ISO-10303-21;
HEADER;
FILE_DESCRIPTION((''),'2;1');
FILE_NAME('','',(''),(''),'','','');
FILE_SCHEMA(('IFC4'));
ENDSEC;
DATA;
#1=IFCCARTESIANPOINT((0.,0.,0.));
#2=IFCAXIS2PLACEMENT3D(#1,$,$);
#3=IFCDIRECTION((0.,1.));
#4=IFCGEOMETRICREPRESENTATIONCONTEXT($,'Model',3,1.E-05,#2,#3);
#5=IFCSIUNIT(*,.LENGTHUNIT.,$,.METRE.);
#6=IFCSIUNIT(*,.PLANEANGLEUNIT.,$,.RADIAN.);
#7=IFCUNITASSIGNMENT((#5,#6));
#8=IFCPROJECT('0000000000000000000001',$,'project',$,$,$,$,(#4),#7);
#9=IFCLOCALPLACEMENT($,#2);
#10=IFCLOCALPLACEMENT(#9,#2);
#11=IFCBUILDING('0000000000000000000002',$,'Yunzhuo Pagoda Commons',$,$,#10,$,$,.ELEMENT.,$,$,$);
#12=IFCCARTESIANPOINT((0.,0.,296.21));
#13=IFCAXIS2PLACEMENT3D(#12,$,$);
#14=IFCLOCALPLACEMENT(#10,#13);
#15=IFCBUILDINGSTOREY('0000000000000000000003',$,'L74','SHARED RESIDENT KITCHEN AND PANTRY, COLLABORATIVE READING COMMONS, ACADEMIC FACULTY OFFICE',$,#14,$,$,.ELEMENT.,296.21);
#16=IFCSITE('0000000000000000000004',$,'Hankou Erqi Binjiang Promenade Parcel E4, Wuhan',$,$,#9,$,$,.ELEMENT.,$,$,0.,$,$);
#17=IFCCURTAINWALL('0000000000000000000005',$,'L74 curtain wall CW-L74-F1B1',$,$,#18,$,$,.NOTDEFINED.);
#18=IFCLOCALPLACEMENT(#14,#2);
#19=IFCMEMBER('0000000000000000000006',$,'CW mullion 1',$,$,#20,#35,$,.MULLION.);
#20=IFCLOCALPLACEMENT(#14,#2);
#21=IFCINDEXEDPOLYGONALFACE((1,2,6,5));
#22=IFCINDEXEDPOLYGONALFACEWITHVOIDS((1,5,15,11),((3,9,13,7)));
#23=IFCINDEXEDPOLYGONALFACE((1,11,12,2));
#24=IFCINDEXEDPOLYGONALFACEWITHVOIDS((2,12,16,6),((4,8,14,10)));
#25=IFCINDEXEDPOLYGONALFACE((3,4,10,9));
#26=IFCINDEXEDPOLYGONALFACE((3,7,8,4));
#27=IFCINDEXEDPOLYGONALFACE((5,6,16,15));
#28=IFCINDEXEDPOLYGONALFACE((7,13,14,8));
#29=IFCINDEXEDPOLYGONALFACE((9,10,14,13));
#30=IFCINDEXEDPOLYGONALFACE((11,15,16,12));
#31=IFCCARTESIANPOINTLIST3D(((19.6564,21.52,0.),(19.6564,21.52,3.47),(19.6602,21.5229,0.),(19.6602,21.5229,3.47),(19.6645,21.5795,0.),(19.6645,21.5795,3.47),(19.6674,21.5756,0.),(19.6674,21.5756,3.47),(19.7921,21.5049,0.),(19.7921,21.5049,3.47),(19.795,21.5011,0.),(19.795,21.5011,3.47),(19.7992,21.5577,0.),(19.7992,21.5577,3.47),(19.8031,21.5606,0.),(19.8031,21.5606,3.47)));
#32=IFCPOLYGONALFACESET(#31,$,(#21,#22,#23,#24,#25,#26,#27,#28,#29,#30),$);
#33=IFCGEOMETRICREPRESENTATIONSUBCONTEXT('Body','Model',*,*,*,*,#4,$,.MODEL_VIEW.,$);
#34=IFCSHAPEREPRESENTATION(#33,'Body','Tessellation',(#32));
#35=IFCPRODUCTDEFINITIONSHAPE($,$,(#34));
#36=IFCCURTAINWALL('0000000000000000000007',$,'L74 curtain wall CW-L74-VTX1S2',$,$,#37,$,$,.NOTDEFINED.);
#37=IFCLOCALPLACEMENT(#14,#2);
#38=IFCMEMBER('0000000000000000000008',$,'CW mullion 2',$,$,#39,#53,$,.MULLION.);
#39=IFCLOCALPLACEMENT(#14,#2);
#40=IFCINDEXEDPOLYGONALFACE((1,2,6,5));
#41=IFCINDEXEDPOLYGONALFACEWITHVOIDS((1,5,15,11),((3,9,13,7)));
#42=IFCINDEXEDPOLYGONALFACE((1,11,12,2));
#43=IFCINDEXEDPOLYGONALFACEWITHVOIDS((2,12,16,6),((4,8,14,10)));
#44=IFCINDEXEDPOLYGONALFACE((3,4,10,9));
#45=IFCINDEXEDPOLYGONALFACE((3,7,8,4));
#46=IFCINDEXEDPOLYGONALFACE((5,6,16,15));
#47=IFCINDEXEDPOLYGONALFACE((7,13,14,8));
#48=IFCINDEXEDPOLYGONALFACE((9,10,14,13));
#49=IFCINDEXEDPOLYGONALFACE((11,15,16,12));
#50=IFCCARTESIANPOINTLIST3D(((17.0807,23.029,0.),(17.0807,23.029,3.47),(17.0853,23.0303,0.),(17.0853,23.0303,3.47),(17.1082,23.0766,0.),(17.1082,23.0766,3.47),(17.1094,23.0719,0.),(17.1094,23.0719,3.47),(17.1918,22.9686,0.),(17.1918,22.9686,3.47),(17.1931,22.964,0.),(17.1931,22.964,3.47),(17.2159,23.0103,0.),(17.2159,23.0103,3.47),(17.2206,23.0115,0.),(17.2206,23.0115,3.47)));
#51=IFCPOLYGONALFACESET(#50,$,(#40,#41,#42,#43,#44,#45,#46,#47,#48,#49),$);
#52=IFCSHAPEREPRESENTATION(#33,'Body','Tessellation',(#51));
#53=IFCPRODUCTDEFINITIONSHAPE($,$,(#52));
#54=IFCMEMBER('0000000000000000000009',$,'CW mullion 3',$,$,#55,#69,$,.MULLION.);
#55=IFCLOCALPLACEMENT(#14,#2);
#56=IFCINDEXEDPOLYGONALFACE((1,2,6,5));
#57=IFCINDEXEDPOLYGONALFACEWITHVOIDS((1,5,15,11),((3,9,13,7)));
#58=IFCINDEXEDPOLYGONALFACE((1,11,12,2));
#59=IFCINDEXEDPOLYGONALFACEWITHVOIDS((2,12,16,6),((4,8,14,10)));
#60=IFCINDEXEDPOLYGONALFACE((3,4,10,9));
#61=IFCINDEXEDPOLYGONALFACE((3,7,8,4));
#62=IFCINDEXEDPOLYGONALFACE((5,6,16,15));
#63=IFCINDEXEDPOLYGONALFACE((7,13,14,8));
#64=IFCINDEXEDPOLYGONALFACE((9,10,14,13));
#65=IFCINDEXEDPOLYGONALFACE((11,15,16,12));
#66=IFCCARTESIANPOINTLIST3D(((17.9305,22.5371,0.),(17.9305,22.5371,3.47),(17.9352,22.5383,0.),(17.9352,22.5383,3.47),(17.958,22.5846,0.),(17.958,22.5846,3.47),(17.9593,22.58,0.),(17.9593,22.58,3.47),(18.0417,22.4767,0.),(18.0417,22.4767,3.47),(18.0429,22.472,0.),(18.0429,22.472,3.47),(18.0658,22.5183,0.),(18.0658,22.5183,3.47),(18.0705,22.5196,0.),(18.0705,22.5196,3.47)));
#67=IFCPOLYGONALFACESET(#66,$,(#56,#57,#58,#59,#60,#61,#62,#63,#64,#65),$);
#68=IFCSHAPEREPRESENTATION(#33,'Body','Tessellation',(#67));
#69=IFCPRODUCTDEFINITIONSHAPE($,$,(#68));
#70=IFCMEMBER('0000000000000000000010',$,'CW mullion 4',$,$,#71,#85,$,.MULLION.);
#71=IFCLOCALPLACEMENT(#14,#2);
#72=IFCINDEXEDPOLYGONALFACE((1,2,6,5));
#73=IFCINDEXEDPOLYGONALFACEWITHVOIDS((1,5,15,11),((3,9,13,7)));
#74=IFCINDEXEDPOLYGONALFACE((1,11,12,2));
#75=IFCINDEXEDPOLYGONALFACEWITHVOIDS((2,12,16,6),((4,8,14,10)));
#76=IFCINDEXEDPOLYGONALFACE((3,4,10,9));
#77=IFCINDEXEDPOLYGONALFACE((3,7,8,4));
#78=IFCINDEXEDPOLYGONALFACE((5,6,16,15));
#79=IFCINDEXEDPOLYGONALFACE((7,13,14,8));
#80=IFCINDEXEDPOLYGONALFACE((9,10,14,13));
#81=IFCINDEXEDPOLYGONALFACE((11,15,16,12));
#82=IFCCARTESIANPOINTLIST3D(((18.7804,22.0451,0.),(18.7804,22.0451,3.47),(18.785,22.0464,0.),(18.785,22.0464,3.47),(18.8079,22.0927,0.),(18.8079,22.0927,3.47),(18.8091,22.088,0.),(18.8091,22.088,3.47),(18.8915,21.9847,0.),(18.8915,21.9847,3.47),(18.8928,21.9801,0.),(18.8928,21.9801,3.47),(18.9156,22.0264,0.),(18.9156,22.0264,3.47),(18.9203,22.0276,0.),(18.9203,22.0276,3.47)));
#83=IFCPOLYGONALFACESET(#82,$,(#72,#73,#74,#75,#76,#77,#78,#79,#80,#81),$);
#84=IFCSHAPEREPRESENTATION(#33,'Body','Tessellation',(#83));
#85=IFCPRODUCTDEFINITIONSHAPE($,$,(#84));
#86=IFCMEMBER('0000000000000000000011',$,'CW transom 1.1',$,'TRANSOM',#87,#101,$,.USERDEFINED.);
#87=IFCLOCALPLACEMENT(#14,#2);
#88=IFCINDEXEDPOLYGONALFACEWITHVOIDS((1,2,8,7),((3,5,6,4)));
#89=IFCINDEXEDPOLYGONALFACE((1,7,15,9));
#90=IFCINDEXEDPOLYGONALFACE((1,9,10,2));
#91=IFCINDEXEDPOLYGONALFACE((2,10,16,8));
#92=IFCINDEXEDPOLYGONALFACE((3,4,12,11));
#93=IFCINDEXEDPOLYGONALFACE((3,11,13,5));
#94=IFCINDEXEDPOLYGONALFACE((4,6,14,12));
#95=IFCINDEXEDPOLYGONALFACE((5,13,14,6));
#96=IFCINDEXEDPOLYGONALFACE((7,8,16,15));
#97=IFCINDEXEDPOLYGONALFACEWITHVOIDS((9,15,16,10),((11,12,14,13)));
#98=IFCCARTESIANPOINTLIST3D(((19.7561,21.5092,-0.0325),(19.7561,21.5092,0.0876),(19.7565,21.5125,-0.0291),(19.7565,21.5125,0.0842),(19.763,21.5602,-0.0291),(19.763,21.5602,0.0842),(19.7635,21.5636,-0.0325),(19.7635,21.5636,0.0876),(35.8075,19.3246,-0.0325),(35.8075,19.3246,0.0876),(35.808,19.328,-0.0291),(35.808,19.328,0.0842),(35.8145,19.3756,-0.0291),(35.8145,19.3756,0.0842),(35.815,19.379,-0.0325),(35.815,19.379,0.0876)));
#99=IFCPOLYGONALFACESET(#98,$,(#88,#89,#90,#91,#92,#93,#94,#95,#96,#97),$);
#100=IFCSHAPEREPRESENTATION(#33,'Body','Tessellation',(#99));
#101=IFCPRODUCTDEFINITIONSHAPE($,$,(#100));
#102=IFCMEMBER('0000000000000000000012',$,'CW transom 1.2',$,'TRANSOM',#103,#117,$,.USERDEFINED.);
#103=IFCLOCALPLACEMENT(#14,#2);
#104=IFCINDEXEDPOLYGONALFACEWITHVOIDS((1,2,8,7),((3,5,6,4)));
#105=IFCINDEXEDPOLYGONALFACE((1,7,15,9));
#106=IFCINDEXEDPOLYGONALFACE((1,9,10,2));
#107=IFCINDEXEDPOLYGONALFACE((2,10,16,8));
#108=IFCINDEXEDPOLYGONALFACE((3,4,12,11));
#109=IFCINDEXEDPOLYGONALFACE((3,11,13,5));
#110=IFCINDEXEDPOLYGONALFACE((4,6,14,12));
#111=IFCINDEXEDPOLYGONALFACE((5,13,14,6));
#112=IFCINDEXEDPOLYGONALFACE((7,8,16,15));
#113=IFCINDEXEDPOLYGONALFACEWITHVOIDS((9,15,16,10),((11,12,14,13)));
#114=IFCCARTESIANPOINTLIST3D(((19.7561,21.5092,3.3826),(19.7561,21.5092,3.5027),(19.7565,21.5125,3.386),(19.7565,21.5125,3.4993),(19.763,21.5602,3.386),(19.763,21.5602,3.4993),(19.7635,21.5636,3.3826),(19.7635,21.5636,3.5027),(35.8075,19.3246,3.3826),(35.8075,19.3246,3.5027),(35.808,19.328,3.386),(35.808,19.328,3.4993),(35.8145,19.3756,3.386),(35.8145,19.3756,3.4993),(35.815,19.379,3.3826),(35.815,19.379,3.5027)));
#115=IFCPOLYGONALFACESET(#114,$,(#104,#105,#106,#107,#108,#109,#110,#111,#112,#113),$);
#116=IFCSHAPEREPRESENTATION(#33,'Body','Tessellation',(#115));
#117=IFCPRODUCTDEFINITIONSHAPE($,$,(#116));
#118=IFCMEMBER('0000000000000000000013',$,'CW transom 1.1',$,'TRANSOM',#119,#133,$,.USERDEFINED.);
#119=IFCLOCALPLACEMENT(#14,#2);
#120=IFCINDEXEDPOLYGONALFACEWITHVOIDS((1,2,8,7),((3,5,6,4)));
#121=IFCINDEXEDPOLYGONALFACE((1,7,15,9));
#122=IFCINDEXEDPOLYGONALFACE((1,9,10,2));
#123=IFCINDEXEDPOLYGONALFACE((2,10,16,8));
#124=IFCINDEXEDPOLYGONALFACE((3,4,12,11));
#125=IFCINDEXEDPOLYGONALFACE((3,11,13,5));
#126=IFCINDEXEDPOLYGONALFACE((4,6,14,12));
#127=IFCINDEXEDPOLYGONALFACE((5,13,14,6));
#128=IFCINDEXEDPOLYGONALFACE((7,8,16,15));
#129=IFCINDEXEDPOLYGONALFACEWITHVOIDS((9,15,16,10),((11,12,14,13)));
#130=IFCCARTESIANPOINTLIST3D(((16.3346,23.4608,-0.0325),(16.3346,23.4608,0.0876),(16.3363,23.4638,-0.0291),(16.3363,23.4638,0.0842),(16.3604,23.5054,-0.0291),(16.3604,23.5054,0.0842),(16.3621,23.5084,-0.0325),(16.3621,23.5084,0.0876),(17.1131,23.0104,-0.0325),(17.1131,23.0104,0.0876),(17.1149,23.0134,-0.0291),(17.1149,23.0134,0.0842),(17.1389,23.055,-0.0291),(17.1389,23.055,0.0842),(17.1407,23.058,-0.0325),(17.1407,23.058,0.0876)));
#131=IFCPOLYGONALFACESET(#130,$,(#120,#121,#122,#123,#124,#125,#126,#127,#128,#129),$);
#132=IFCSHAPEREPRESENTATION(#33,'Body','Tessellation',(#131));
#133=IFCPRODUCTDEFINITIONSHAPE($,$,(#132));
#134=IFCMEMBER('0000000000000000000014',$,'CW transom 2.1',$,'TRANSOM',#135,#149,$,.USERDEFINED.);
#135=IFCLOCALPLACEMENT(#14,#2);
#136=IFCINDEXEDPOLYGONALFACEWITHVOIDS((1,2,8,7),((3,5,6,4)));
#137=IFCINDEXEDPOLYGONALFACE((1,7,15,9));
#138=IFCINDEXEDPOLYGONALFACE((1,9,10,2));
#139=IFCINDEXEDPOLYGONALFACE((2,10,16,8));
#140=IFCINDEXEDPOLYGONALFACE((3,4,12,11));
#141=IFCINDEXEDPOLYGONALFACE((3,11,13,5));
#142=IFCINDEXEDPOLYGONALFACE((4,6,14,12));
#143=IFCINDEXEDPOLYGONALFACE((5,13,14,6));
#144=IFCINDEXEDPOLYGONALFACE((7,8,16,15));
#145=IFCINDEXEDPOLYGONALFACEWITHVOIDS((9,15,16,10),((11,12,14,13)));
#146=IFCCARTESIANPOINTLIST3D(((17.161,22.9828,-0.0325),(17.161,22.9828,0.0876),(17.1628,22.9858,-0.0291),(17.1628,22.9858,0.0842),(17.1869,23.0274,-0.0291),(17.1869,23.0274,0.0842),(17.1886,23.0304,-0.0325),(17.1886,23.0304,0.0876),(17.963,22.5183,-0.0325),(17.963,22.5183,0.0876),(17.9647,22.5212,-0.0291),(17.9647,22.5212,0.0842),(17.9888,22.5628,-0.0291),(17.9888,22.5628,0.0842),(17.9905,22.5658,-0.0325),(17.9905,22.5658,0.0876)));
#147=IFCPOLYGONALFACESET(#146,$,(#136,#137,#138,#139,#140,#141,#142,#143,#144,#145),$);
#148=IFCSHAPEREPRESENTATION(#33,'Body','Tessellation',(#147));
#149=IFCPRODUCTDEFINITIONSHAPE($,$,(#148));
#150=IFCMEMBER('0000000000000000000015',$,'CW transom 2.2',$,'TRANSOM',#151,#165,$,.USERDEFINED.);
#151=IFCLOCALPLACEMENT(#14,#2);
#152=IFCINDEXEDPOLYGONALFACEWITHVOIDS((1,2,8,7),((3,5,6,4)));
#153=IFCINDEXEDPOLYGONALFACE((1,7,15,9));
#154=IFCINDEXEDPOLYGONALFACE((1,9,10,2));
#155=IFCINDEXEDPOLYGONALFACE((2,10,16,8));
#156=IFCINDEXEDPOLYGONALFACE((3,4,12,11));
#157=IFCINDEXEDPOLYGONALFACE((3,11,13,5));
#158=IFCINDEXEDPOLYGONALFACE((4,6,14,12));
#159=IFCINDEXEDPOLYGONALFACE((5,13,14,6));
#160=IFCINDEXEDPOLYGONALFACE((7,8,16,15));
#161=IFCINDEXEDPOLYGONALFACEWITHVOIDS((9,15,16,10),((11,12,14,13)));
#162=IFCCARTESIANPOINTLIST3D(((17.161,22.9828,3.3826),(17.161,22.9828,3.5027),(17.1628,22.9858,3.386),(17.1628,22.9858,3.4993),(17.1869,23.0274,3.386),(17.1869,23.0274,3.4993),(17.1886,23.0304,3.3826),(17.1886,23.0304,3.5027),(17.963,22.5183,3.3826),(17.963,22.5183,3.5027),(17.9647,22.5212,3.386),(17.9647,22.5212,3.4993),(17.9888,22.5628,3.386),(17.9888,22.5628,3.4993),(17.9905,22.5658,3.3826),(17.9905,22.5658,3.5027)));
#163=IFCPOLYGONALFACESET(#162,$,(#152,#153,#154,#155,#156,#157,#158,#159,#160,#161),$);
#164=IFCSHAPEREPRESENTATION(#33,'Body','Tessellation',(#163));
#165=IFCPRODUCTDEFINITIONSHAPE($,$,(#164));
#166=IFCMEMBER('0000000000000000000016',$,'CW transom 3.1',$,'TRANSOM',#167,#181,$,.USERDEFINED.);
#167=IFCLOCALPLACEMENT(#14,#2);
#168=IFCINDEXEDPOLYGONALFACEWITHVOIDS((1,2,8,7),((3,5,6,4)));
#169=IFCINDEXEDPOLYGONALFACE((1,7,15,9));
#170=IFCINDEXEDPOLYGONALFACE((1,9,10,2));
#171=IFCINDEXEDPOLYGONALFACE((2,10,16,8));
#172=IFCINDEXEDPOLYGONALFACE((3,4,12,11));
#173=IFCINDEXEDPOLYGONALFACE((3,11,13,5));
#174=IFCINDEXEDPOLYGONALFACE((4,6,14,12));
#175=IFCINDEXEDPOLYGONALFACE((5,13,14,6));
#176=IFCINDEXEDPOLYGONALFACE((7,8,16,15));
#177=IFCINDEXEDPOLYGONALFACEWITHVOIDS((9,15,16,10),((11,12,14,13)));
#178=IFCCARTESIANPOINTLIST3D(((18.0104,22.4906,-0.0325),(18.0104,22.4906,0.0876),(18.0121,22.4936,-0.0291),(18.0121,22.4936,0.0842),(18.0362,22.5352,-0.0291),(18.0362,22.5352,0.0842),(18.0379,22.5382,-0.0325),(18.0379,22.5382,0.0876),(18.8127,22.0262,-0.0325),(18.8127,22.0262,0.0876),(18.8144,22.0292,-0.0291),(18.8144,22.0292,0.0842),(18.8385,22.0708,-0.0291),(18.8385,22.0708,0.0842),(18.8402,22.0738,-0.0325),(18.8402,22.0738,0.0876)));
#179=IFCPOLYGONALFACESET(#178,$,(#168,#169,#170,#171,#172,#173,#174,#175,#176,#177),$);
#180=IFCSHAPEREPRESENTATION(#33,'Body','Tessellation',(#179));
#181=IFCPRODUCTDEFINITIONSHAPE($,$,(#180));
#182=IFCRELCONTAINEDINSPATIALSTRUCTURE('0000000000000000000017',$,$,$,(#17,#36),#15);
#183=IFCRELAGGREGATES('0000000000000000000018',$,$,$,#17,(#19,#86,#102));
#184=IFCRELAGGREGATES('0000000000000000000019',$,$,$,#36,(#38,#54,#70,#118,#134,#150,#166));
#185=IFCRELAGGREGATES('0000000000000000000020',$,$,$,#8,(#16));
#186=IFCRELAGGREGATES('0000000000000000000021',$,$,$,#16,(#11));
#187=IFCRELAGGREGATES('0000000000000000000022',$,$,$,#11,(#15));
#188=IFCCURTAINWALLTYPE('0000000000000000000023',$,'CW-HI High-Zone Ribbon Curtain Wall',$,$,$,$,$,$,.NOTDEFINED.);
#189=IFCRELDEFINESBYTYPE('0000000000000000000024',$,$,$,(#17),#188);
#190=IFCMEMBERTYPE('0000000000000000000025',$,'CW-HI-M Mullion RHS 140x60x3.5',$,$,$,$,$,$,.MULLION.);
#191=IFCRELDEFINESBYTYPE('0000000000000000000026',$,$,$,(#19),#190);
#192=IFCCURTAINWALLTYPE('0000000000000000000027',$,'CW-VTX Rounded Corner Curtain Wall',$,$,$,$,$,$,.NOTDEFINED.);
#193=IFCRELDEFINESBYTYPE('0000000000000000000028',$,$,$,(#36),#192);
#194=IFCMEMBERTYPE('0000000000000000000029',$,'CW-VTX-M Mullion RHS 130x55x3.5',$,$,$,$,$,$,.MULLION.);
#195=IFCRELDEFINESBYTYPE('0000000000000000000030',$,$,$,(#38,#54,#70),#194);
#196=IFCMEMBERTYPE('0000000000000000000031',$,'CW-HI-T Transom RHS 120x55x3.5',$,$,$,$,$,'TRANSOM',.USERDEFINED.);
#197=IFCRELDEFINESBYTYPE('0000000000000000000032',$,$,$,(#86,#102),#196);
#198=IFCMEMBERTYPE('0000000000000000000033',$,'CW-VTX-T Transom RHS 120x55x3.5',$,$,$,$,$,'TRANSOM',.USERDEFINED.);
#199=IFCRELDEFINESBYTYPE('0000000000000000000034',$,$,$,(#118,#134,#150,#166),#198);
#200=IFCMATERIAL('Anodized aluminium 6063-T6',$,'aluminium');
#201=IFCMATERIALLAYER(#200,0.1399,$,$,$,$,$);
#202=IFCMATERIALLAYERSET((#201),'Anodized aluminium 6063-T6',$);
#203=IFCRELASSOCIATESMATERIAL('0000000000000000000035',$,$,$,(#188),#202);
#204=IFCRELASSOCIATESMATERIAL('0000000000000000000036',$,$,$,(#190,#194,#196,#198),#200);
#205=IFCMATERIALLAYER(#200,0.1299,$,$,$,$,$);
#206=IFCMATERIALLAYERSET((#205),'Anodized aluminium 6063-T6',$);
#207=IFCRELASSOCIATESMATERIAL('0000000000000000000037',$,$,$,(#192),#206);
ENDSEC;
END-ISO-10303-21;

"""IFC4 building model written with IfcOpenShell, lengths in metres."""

from ifc_helpers import new_model, si_unit, direction, frame, origin, origin_2d, place, context, subcontext, project, spatial, hollow_rectangle, extrude, source, transform, mapped, material, layer, layer_set, material_profile, profile_set, type_object, element, aggregate, save


model = new_model("IFC4")

# Units and contexts
model_context = context("Model", 3, precision=1e-05, world=origin(), true_north=direction((0.0, 1.0)))
body_context = subcontext(model_context, "Body", "Model", "MODEL_VIEW")
ifc_project = project(units=[si_unit("LENGTHUNIT", "METRE"), si_unit("PLANEANGLEUNIT", "RADIAN")], contexts=[model_context])

# Site, building, storey
site_placement = place(None, origin())
site = spatial("IfcSite", under=ifc_project, at=site_placement, Name="Hankou Erqi Binjiang Promenade Parcel E4, Wuhan", CompositionType="ELEMENT", RefElevation=0.0)
building_placement = place(site_placement, origin())
building = spatial("IfcBuilding", under=site, at=building_placement, Name="Yunzhuo Pagoda Commons", CompositionType="ELEMENT")
storey_placement = place(building_placement, frame((0.0, 0.0, 296.21)))
storey = spatial("IfcBuildingStorey", under=building, at=storey_placement, Name="L74", Description="SHARED RESIDENT KITCHEN AND PANTRY, COLLABORATIVE READING COMMONS, ACADEMIC FACULTY OFFICE", CompositionType="ELEMENT", Elevation=296.21)

# Curtain wall, member
ifc_material_1 = material(Name="Anodized aluminium 6063-T6", Category="aluminium")
ifc_layer_1 = layer(ifc_material_1, 0.1399)
ifc_layer_set_1 = layer_set([ifc_layer_1], Name="Anodized aluminium 6063-T6")
curtain_wall_type_1 = type_object("IfcCurtainWallType", Name="CW-HI High-Zone Ribbon Curtain Wall", PredefinedType="NOTDEFINED", material=ifc_layer_set_1)
curtain_wall_1_placement = place(storey_placement, origin())
curtain_wall_1 = element("IfcCurtainWall", 1, at=curtain_wall_1_placement, inside=storey, type_object=curtain_wall_type_1, Name="L74 curtain wall CW-L74-F1B1", PredefinedType="NOTDEFINED")
ifc_material_profile_1 = material_profile(ifc_material_1, hollow_rectangle(XDim=0.0601, YDim=0.1399, WallThickness=0.0034, at=origin_2d()), Name="Anodized aluminium 6063-T6")
ifc_profile_set_1 = profile_set([ifc_material_profile_1], Name="Anodized aluminium 6063-T6")
member_type_1 = type_object("IfcMemberType", Name="CW-HI-M Mullion RHS 140x60x3.5", PredefinedType="MULLION", material=ifc_profile_set_1)
shared_shape_1 = source(origin(), body_context, "Body", "SweptSolid", [
    extrude(hollow_rectangle(XDim=0.0601, YDim=0.1399, WallThickness=0.0034, at=origin_2d()), origin(), (0.0, 0.0, 1.0), 3.47),
])
member_1_placement = place(storey_placement, frame((19.7297, 21.5403, 0.0), z_axis=(0.0, 0.0, 1.0), x_axis=(0.134854, 0.990865, 0.0)))
member_1 = element("IfcMember", 2, at=member_1_placement, type_object=member_type_1, Name="CW mullion 1", PredefinedType="MULLION", context=body_context, shape_type="MappedRepresentation", body=[
    mapped(shared_shape_1, transform((0.0, 0.0, 0.0), scale=1.0)),
])

# Curtain wall, members
ifc_layer_2 = layer(ifc_material_1, 0.1299)
ifc_layer_set_2 = layer_set([ifc_layer_2], Name="Anodized aluminium 6063-T6")
curtain_wall_type_2 = type_object("IfcCurtainWallType", Name="CW-VTX Rounded Corner Curtain Wall", PredefinedType="NOTDEFINED", material=ifc_layer_set_2)
curtain_wall_2_placement = place(storey_placement, origin())
curtain_wall_2 = element("IfcCurtainWall", 3, at=curtain_wall_2_placement, inside=storey, type_object=curtain_wall_type_2, Name="L74 curtain wall CW-L74-VTX1S2", PredefinedType="NOTDEFINED")
ifc_material_profile_2 = material_profile(ifc_material_1, hollow_rectangle(XDim=0.0549, YDim=0.1299, WallThickness=0.0034, at=origin_2d()), Name="Anodized aluminium 6063-T6")
ifc_profile_set_2 = profile_set([ifc_material_profile_2], Name="Anodized aluminium 6063-T6")
member_type_2 = type_object("IfcMemberType", Name="CW-VTX-M Mullion RHS 130x55x3.5", PredefinedType="MULLION", material=ifc_profile_set_2)
shared_shape_2 = source(origin(), body_context, "Body", "SweptSolid", [
    extrude(hollow_rectangle(XDim=0.0549, YDim=0.1299, WallThickness=0.0034, at=origin_2d()), origin(), (0.0, 0.0, 1.0), 3.47),
])
member_2_placement = place(storey_placement, frame((17.1506, 23.0203, 0.0), z_axis=(0.0, 0.0, 1.0), x_axis=(0.501017, 0.865437, 0.0)))
member_2 = element("IfcMember", 4, at=member_2_placement, type_object=member_type_2, Name="CW mullion 2", PredefinedType="MULLION", context=body_context, shape_type="MappedRepresentation", body=[
    mapped(shared_shape_2, transform((0.0, 0.0, 0.0), scale=1.0)),
])
member_3_placement = place(storey_placement, frame((18.0005, 22.5283, 0.0), z_axis=(0.0, 0.0, 1.0), x_axis=(0.501017, 0.865437, 0.0)))
member_3 = element("IfcMember", 5, at=member_3_placement, type_object=member_type_2, Name="CW mullion 3", PredefinedType="MULLION", context=body_context, shape_type="MappedRepresentation", body=[
    mapped(shared_shape_2, transform((0.0, 0.0, 0.0), scale=1.0)),
])
member_4_placement = place(storey_placement, frame((18.8503, 22.0364, 0.0), z_axis=(0.0, 0.0, 1.0), x_axis=(0.501017, 0.865437, 0.0)))
member_4 = element("IfcMember", 6, at=member_4_placement, type_object=member_type_2, Name="CW mullion 4", PredefinedType="MULLION", context=body_context, shape_type="MappedRepresentation", body=[
    mapped(shared_shape_2, transform((0.0, 0.0, 0.0), scale=1.0)),
])

# Members
ifc_material_profile_3 = material_profile(ifc_material_1, hollow_rectangle(XDim=0.0549, YDim=0.1201, WallThickness=0.0034, at=origin_2d()), Name="Anodized aluminium 6063-T6")
ifc_profile_set_3 = profile_set([ifc_material_profile_3], Name="Anodized aluminium 6063-T6")
member_type_3 = type_object("IfcMemberType", Name="CW-HI-T Transom RHS 120x55x3.5", ElementType="TRANSOM", PredefinedType="USERDEFINED", material=ifc_profile_set_3)
shared_shape_3 = source(origin(), body_context, "Body", "SweptSolid", [
    extrude(hollow_rectangle(XDim=0.0549, YDim=0.1201, WallThickness=0.0034, at=origin_2d()), origin(), (0.0, 0.0, 1.0), 16.1995),
])
member_5_placement = place(storey_placement, frame((19.7598, 21.5364, 0.0276), z_axis=(0.990865, -0.134854, 0.0), x_axis=(0.134854, 0.990865, 0.0)))
member_5 = element("IfcMember", 7, at=member_5_placement, type_object=member_type_3, Name="CW transom 1.1", ObjectType="TRANSOM", PredefinedType="USERDEFINED", context=body_context, shape_type="MappedRepresentation", body=[
    mapped(shared_shape_3, transform((0.0, 0.0, 0.0), scale=1.0)),
])
member_6_placement = place(storey_placement, frame((19.7598, 21.5364, 3.4426), z_axis=(0.990865, -0.134854, 0.0), x_axis=(0.134854, 0.990865, 0.0)))
member_6 = element("IfcMember", 8, at=member_6_placement, type_object=member_type_3, Name="CW transom 1.2", ObjectType="TRANSOM", PredefinedType="USERDEFINED", context=body_context, shape_type="MappedRepresentation", body=[
    mapped(shared_shape_3, transform((0.0, 0.0, 0.0), scale=1.0)),
])
aggregate(curtain_wall_1, [member_1, member_5, member_6])
ifc_material_profile_4 = material_profile(ifc_material_1, hollow_rectangle(XDim=0.0549, YDim=0.1201, WallThickness=0.0034, at=origin_2d()), Name="Anodized aluminium 6063-T6")
ifc_profile_set_4 = profile_set([ifc_material_profile_4], Name="Anodized aluminium 6063-T6")
member_type_4 = type_object("IfcMemberType", Name="CW-VTX-T Transom RHS 120x55x3.5", ElementType="TRANSOM", PredefinedType="USERDEFINED", material=ifc_profile_set_4)
shared_shape_4 = source(origin(), body_context, "Body", "SweptSolid", [
    extrude(hollow_rectangle(XDim=0.0549, YDim=0.1201, WallThickness=0.0034, at=origin_2d()), origin(), (0.0, 0.0, 1.0), 0.8994),
])
member_7_placement = place(storey_placement, frame((16.3484, 23.4846, 0.0276), z_axis=(0.865575, -0.500779, 0.0), x_axis=(0.500779, 0.865575, 0.0)))
member_7 = element("IfcMember", 9, at=member_7_placement, type_object=member_type_4, Name="CW transom 1.1", ObjectType="TRANSOM", PredefinedType="USERDEFINED", context=body_context, shape_type="MappedRepresentation", body=[
    mapped(shared_shape_4, transform((0.0, 0.0, 0.0), scale=1.0)),
])
shared_shape_5 = source(origin(), body_context, "Body", "SweptSolid", [
    extrude(hollow_rectangle(XDim=0.0549, YDim=0.1201, WallThickness=0.0034, at=origin_2d()), origin(), (0.0, 0.0, 1.0), 0.9268),
])
member_8_placement = place(storey_placement, frame((17.1748, 23.0066, 0.0276), z_axis=(0.865294, -0.501265, 0.0), x_axis=(0.501265, 0.865294, 0.0)))
member_8 = element("IfcMember", 10, at=member_8_placement, type_object=member_type_4, Name="CW transom 2.1", ObjectType="TRANSOM", PredefinedType="USERDEFINED", context=body_context, shape_type="MappedRepresentation", body=[
    mapped(shared_shape_5, transform((0.0, 0.0, 0.0), scale=1.0)),
])
member_9_placement = place(storey_placement, frame((17.1748, 23.0066, 3.4426), z_axis=(0.865294, -0.501265, 0.0), x_axis=(0.501265, 0.865294, 0.0)))
member_9 = element("IfcMember", 11, at=member_9_placement, type_object=member_type_4, Name="CW transom 2.2", ObjectType="TRANSOM", PredefinedType="USERDEFINED", context=body_context, shape_type="MappedRepresentation", body=[
    mapped(shared_shape_5, transform((0.0, 0.0, 0.0), scale=1.0)),
])
shared_shape_6 = source(origin(), body_context, "Body", "SweptSolid", [
    extrude(hollow_rectangle(XDim=0.0549, YDim=0.1201, WallThickness=0.0034, at=origin_2d()), origin(), (0.0, 0.0, 1.0), 0.927),
])
member_10_placement = place(storey_placement, frame((18.0242, 22.5144, 0.0276), z_axis=(0.865474, -0.500953, 0.0), x_axis=(0.500953, 0.865474, 0.0)))
member_10 = element("IfcMember", 12, at=member_10_placement, type_object=member_type_4, Name="CW transom 3.1", ObjectType="TRANSOM", PredefinedType="USERDEFINED", context=body_context, shape_type="MappedRepresentation", body=[
    mapped(shared_shape_6, transform((0.0, 0.0, 0.0), scale=1.0)),
])

aggregate(curtain_wall_2, [member_2, member_3, member_4, member_7, member_8, member_9, member_10])

save(model, "model.ifc")
